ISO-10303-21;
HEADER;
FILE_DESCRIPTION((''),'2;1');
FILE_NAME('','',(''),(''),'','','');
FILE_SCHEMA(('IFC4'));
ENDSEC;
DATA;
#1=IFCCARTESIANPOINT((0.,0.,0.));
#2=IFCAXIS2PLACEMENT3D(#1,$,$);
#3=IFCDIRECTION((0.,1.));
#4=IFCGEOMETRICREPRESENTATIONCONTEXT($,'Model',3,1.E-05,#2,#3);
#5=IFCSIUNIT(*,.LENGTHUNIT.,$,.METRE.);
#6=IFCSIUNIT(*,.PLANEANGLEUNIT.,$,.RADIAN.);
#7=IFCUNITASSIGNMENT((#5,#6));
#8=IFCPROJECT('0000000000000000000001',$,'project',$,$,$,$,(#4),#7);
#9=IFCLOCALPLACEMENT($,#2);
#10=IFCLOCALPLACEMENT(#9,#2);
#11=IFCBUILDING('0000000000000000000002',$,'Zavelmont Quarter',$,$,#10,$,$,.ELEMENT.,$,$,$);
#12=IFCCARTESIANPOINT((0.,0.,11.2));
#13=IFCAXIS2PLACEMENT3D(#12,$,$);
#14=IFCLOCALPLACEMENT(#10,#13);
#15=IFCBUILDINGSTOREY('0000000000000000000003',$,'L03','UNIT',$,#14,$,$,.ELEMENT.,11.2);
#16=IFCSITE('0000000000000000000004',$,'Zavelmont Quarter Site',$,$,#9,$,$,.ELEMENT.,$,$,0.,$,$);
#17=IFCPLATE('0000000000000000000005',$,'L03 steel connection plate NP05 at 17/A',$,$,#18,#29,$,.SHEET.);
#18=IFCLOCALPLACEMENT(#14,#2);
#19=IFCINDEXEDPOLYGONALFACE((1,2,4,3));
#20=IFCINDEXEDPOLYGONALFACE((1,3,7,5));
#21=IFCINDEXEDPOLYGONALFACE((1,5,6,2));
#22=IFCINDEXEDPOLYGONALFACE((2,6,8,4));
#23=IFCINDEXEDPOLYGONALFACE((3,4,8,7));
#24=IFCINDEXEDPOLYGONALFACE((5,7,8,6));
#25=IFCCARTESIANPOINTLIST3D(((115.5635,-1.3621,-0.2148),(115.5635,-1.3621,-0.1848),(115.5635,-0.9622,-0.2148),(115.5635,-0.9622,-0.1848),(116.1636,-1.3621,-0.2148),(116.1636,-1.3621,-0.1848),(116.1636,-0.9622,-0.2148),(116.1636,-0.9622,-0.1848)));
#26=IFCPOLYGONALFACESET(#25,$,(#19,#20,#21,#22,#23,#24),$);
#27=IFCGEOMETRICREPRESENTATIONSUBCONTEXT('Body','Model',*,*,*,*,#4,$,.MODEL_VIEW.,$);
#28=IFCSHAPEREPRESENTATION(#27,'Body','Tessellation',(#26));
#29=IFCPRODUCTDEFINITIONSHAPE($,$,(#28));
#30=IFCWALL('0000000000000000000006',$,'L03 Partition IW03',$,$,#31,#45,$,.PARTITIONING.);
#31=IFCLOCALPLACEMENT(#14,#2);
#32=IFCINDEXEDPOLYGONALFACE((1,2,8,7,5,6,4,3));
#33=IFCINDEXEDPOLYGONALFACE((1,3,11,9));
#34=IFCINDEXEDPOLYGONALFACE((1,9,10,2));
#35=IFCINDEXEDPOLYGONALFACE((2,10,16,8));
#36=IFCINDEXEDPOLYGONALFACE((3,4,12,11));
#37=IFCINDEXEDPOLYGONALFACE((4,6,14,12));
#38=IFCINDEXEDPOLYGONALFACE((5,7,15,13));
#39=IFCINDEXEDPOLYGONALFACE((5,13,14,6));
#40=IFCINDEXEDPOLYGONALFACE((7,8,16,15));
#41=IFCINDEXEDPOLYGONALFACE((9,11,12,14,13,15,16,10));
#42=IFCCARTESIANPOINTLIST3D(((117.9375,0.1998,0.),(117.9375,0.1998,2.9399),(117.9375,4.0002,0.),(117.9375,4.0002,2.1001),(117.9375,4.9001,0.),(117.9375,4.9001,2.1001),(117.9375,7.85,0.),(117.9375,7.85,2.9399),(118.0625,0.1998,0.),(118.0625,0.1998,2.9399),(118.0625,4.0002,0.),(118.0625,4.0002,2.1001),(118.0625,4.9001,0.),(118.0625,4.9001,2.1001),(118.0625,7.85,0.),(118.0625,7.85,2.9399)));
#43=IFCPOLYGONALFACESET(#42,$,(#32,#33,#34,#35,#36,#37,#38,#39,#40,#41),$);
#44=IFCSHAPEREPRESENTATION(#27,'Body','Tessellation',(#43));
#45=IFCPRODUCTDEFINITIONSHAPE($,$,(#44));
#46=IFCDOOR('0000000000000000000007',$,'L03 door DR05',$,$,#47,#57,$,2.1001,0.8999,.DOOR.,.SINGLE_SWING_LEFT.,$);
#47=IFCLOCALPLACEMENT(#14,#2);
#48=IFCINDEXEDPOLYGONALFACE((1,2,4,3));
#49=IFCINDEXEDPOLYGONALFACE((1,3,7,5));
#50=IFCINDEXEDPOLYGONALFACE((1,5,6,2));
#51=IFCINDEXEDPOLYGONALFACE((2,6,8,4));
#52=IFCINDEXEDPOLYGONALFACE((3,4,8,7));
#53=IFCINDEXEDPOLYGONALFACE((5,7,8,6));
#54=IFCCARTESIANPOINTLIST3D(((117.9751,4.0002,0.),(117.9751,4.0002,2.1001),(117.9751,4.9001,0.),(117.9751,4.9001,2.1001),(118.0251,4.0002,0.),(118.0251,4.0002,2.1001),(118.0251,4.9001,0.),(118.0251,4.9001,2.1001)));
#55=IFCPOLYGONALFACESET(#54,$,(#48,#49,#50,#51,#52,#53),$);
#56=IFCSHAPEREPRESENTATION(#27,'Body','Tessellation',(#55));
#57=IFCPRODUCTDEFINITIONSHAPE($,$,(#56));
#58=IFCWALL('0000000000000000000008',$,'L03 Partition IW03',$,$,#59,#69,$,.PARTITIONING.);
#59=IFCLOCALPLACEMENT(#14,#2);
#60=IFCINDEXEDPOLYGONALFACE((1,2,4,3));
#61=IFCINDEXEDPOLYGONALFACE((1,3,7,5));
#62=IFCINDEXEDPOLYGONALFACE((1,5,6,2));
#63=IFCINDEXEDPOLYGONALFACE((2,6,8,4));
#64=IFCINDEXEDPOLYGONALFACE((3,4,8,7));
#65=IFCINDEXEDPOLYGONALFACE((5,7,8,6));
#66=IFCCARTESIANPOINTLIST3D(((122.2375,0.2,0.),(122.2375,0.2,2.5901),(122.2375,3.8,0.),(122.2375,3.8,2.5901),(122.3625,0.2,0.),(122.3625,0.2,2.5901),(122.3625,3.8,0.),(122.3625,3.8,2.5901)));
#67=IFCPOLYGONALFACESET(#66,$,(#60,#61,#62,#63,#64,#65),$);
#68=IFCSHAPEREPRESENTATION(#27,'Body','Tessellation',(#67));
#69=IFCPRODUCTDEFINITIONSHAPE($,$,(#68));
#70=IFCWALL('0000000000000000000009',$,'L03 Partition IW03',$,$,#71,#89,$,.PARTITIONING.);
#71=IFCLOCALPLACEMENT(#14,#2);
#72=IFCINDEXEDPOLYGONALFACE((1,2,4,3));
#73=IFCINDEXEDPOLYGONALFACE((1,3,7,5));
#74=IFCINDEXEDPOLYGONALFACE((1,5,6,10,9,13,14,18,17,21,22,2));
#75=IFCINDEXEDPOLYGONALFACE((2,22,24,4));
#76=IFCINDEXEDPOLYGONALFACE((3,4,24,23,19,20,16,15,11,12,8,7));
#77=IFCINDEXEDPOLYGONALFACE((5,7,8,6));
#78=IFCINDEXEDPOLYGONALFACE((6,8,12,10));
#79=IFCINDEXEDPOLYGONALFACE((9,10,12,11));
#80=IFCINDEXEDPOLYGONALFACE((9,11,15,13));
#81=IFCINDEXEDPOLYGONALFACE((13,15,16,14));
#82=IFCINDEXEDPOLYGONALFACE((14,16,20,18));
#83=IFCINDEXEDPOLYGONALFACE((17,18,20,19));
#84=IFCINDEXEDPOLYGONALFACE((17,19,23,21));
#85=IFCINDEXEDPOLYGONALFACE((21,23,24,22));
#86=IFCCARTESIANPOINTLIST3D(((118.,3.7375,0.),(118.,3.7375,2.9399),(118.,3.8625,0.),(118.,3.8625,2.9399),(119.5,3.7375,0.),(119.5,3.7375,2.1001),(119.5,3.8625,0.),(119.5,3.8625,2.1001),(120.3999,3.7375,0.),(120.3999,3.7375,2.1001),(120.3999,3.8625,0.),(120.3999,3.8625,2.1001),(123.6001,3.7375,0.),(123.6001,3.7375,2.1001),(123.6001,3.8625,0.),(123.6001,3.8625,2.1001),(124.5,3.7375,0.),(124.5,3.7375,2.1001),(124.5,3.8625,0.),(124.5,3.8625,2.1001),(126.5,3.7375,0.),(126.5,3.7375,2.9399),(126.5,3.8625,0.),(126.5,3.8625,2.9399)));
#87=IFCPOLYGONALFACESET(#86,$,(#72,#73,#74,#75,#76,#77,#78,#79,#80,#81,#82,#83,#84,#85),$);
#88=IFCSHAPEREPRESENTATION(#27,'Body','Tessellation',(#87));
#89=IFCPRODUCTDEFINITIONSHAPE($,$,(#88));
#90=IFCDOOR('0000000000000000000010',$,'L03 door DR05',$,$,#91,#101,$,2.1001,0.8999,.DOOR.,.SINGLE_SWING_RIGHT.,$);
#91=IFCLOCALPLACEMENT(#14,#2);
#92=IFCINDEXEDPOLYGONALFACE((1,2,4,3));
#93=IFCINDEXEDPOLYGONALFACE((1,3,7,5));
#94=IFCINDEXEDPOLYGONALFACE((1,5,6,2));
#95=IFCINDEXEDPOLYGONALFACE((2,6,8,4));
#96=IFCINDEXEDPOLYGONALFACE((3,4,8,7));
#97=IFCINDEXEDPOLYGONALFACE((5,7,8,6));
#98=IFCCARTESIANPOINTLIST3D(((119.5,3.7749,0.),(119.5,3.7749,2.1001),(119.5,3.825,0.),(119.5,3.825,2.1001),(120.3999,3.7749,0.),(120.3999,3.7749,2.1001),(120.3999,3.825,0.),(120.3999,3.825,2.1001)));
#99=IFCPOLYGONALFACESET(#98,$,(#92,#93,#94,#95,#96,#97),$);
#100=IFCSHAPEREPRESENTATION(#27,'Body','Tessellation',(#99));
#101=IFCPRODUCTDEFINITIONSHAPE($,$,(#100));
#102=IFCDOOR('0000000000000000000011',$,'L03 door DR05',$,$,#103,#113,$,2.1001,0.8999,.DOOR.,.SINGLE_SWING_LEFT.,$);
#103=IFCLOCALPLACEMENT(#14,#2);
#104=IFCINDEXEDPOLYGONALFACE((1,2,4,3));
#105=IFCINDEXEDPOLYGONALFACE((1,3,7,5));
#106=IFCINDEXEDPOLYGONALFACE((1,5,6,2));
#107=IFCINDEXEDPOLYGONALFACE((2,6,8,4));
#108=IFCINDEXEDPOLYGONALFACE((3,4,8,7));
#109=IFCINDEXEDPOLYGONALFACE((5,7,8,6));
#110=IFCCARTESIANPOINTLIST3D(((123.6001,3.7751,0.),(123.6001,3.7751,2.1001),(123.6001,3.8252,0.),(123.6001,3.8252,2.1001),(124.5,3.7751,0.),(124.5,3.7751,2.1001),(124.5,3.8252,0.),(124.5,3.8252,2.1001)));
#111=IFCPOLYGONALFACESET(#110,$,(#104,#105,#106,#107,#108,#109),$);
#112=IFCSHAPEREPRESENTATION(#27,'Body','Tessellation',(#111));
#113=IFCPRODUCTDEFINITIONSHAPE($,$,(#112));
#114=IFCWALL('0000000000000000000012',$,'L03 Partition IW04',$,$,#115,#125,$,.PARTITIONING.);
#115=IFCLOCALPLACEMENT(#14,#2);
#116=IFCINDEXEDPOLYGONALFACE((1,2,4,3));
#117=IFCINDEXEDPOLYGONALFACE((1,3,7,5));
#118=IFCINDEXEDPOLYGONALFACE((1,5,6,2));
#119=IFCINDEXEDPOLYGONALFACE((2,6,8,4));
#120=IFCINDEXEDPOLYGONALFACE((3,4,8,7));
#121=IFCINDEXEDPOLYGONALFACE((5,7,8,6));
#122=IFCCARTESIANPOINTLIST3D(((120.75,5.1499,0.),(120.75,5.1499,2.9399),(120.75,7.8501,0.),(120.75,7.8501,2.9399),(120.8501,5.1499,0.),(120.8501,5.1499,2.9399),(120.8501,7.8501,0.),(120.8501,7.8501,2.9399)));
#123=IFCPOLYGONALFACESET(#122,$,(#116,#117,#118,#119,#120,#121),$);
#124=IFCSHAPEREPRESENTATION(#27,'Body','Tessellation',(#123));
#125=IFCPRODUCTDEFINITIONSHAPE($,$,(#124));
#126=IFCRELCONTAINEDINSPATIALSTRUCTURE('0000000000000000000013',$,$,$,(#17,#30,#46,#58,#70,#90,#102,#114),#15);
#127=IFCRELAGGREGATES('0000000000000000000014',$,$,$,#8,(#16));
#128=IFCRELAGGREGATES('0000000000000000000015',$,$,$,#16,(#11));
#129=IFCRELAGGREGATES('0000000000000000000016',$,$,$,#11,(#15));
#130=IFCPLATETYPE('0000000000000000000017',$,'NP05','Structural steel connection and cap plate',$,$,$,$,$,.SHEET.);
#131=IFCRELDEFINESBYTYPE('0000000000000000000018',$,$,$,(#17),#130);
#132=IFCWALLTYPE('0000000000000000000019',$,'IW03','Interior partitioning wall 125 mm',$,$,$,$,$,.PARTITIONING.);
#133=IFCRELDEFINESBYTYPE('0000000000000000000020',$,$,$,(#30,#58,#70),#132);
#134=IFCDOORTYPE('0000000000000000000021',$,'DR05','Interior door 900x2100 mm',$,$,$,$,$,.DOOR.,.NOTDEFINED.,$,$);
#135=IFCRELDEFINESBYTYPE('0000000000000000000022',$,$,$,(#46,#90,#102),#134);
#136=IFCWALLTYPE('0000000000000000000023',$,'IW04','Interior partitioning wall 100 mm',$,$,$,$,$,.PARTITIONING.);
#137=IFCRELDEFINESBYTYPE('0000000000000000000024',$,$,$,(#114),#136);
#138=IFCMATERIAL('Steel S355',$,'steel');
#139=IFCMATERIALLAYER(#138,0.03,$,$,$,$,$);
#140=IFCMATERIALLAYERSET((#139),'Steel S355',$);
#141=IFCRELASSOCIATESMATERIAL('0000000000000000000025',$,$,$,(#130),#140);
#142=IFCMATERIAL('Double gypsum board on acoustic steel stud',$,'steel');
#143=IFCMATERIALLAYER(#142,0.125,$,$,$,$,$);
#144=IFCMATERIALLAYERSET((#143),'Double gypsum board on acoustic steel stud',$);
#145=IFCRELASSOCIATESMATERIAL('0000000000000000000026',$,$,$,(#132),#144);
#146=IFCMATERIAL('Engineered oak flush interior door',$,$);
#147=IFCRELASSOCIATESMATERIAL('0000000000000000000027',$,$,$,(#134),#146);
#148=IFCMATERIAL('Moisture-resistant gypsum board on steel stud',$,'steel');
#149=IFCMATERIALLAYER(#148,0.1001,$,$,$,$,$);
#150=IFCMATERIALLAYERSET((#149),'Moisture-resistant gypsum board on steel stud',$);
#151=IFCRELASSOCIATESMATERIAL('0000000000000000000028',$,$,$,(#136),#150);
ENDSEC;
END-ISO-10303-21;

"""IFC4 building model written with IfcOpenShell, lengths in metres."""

from ifc_helpers import new_model, si_unit, direction, frame, frame_2d, origin, origin_with_axes, origin_2d, place, context, subcontext, project, spatial, rectangle, extrude, material, layer, layer_set, type_object, element, fill, save


model = new_model("IFC4")

# Units and contexts
model_context = context("Model", 3, precision=1e-05, world=origin(), true_north=direction((0.0, 1.0)))
body_context = subcontext(model_context, "Body", "Model", "MODEL_VIEW")
ifc_project = project(units=[si_unit("LENGTHUNIT", "METRE"), si_unit("PLANEANGLEUNIT", "RADIAN")], contexts=[model_context])

# Site, building, storey
site_placement = place(None, origin())
site = spatial("IfcSite", under=ifc_project, at=site_placement, Name="Zavelmont Quarter Site", CompositionType="ELEMENT", RefElevation=0.0)
building_placement = place(site_placement, origin())
building = spatial("IfcBuilding", under=site, at=building_placement, Name="Zavelmont Quarter", CompositionType="ELEMENT")
storey_placement = place(building_placement, frame((0.0, 0.0, 11.2)))
storey = spatial("IfcBuildingStorey", under=building, at=storey_placement, Name="L03", Description="UNIT", CompositionType="ELEMENT", Elevation=11.2)

# Shared definitions
ifc_material_1 = material(Name="Steel S355", Category="steel")

# Plate
ifc_layer_1 = layer(ifc_material_1, 0.03)
ifc_layer_set_1 = layer_set([ifc_layer_1], Name="Steel S355")
plate_type = type_object("IfcPlateType", Name="NP05", Description="Structural steel connection and cap plate", PredefinedType="SHEET", material=ifc_layer_set_1)
plate_placement = place(storey_placement, frame((115.8635, -1.1621, -0.2148), z_axis=(0.0, 0.0, 1.0), x_axis=(1.0, 0.0, 0.0)))
element("IfcPlate", 1, at=plate_placement, inside=storey, type_object=plate_type, Name="L03 steel connection plate NP05 at 17/A", PredefinedType="SHEET", context=body_context, shape_type="SweptSolid", body=[
    extrude(rectangle(XDim=0.6001, YDim=0.3999, at=origin_2d()), origin(), (0.0, 0.0, 1.0), 0.03),
])

# Wall, opening, door
ifc_material_2 = material(Name="Double gypsum board on acoustic steel stud", Category="steel")
ifc_layer_2 = layer(ifc_material_2, 0.125)
ifc_layer_set_2 = layer_set([ifc_layer_2], Name="Double gypsum board on acoustic steel stud")
wall_type_1 = type_object("IfcWallType", Name="IW03", Description="Interior partitioning wall 125 mm", PredefinedType="PARTITIONING", material=ifc_layer_set_2)
wall_1_placement = place(storey_placement, frame((118.0, 7.8501, 0.0), z_axis=(0.0, 0.0, 1.0), x_axis=(0.0, -1.0, 0.0)))
wall_1 = element("IfcWall", 2, at=wall_1_placement, inside=storey, type_object=wall_type_1, Name="L03 Partition IW03", PredefinedType="PARTITIONING", context=body_context, shape_type="SweptSolid", body=[
    extrude(rectangle(XDim=7.6501, YDim=0.125, at=frame_2d((3.8252, 0.0))), origin(), (0.0, 0.0, 1.0), 2.9399),
])
opening_1_placement = place(wall_1_placement, frame((2.95, 0.0, 0.0)))
opening_1 = element("IfcOpeningElement", 3, at=opening_1_placement, cuts=wall_1, PredefinedType="OPENING", context=body_context, shape_type="SweptSolid", body=[
    extrude(rectangle(XDim=0.8999, YDim=2.1001, at=frame_2d((0.45, 1.05))), frame((0.0, 0.0745, 0.0), z_axis=(0.0, -1.0, 0.0), x_axis=(1.0, 0.0, 0.0)), (0.0, 0.0, 1.0), 0.1489),
])
ifc_material_3 = material(Name="Engineered oak flush interior door")
door_type_1 = type_object("IfcDoorType", Name="DR05", Description="Interior door 900x2100 mm", OperationType="NOTDEFINED", PredefinedType="DOOR", material=ifc_material_3)
door_1_placement = place(opening_1_placement, frame((0.8999, 0.0, 0.0), z_axis=(0.0, 0.0, 1.0), x_axis=(-1.0, 0.0, 0.0)))
door_1 = element("IfcDoor", 4, at=door_1_placement, inside=storey, type_object=door_type_1, Name="L03 door DR05", OperationType="SINGLE_SWING_LEFT", OverallHeight=2.1001, OverallWidth=0.8999, PredefinedType="DOOR", context=body_context, shape_type="SweptSolid", body=[
    extrude(rectangle(XDim=0.8999, YDim=2.1001, at=frame_2d((0.45, 1.05))), frame((0.0, 0.0249, 0.0), z_axis=(0.0, -1.0, 0.0), x_axis=(1.0, 0.0, 0.0)), (0.0, 0.0, 1.0), 0.05),
])
fill(opening_1, door_1)

# Wall
wall_2_placement = place(storey_placement, frame((122.3, 3.8, 0.0), z_axis=(0.0, 0.0, 1.0), x_axis=(0.0, -1.0, 0.0)))
element("IfcWall", 5, at=wall_2_placement, inside=storey, type_object=wall_type_1, Name="L03 Partition IW03", PredefinedType="PARTITIONING", context=body_context, shape_type="SweptSolid", body=[
    extrude(rectangle(XDim=3.6001, YDim=0.125, at=frame_2d((1.8, 0.0))), origin(), (0.0, 0.0, 1.0), 2.5901),
])

# Wall, openings, doors
wall_3_placement = place(storey_placement, frame((118.0, 3.8, 0.0), z_axis=(0.0, 0.0, 1.0), x_axis=(1.0, 0.0, 0.0)))
wall_3 = element("IfcWall", 6, at=wall_3_placement, inside=storey, type_object=wall_type_1, Name="L03 Partition IW03", PredefinedType="PARTITIONING", context=body_context, shape_type="SweptSolid", body=[
    extrude(rectangle(XDim=8.5, YDim=0.125, at=frame_2d((4.25, 0.0))), origin(), (0.0, 0.0, 1.0), 2.9399),
])
opening_2_placement = place(wall_3_placement, frame((1.5, 0.0, 0.0)))
opening_2 = element("IfcOpeningElement", 7, at=opening_2_placement, cuts=wall_3, PredefinedType="OPENING", context=body_context, shape_type="SweptSolid", body=[
    extrude(rectangle(XDim=0.8999, YDim=2.1001, at=frame_2d((0.45, 1.05))), frame((0.0, 0.0745, 0.0), z_axis=(0.0, -1.0, 0.0), x_axis=(1.0, 0.0, 0.0)), (0.0, 0.0, 1.0), 0.1489),
])
opening_3_placement = place(wall_3_placement, frame((5.6001, 0.0, 0.0)))
opening_3 = element("IfcOpeningElement", 8, at=opening_3_placement, cuts=wall_3, PredefinedType="OPENING", context=body_context, shape_type="SweptSolid", body=[
    extrude(rectangle(XDim=0.8999, YDim=2.1001, at=frame_2d((0.45, 1.05))), frame((0.0, 0.0745, 0.0), z_axis=(0.0, -1.0, 0.0), x_axis=(1.0, 0.0, 0.0)), (0.0, 0.0, 1.0), 0.1489),
])
door_2_placement = place(opening_2_placement, origin_with_axes())
door_2 = element("IfcDoor", 9, at=door_2_placement, inside=storey, type_object=door_type_1, Name="L03 door DR05", OperationType="SINGLE_SWING_RIGHT", OverallHeight=2.1001, OverallWidth=0.8999, PredefinedType="DOOR", context=body_context, shape_type="SweptSolid", body=[
    extrude(rectangle(XDim=0.8999, YDim=2.1001, at=frame_2d((0.45, 1.05))), frame((0.0, 0.0249, 0.0), z_axis=(0.0, -1.0, 0.0), x_axis=(1.0, 0.0, 0.0)), (0.0, 0.0, 1.0), 0.05),
])
fill(opening_2, door_2)
door_3_placement = place(opening_3_placement, frame((0.8999, 0.0, 0.0), z_axis=(0.0, 0.0, 1.0), x_axis=(-1.0, 0.0, 0.0)))
door_3 = element("IfcDoor", 10, at=door_3_placement, inside=storey, type_object=door_type_1, Name="L03 door DR05", OperationType="SINGLE_SWING_LEFT", OverallHeight=2.1001, OverallWidth=0.8999, PredefinedType="DOOR", context=body_context, shape_type="SweptSolid", body=[
    extrude(rectangle(XDim=0.8999, YDim=2.1001, at=frame_2d((0.45, 1.05))), frame((0.0, 0.0249, 0.0), z_axis=(0.0, -1.0, 0.0), x_axis=(1.0, 0.0, 0.0)), (0.0, 0.0, 1.0), 0.05),
])
fill(opening_3, door_3)

# Wall
ifc_material_4 = material(Name="Moisture-resistant gypsum board on steel stud", Category="steel")
ifc_layer_3 = layer(ifc_material_4, 0.1001)
ifc_layer_set_3 = layer_set([ifc_layer_3], Name="Moisture-resistant gypsum board on steel stud")
wall_type_2 = type_object("IfcWallType", Name="IW04", Description="Interior partitioning wall 100 mm", PredefinedType="PARTITIONING", material=ifc_layer_set_3)
wall_4_placement = place(storey_placement, frame((120.8, 7.8501, 0.0), z_axis=(0.0, 0.0, 1.0), x_axis=(0.0, -1.0, 0.0)))
element("IfcWall", 11, at=wall_4_placement, inside=storey, type_object=wall_type_2, Name="L03 Partition IW04", PredefinedType="PARTITIONING", context=body_context, shape_type="SweptSolid", body=[
    extrude(rectangle(XDim=2.7002, YDim=0.1001, at=frame_2d((1.3501, 0.0))), origin(), (0.0, 0.0, 1.0), 2.9399),
])

save(model, "model.ifc")
